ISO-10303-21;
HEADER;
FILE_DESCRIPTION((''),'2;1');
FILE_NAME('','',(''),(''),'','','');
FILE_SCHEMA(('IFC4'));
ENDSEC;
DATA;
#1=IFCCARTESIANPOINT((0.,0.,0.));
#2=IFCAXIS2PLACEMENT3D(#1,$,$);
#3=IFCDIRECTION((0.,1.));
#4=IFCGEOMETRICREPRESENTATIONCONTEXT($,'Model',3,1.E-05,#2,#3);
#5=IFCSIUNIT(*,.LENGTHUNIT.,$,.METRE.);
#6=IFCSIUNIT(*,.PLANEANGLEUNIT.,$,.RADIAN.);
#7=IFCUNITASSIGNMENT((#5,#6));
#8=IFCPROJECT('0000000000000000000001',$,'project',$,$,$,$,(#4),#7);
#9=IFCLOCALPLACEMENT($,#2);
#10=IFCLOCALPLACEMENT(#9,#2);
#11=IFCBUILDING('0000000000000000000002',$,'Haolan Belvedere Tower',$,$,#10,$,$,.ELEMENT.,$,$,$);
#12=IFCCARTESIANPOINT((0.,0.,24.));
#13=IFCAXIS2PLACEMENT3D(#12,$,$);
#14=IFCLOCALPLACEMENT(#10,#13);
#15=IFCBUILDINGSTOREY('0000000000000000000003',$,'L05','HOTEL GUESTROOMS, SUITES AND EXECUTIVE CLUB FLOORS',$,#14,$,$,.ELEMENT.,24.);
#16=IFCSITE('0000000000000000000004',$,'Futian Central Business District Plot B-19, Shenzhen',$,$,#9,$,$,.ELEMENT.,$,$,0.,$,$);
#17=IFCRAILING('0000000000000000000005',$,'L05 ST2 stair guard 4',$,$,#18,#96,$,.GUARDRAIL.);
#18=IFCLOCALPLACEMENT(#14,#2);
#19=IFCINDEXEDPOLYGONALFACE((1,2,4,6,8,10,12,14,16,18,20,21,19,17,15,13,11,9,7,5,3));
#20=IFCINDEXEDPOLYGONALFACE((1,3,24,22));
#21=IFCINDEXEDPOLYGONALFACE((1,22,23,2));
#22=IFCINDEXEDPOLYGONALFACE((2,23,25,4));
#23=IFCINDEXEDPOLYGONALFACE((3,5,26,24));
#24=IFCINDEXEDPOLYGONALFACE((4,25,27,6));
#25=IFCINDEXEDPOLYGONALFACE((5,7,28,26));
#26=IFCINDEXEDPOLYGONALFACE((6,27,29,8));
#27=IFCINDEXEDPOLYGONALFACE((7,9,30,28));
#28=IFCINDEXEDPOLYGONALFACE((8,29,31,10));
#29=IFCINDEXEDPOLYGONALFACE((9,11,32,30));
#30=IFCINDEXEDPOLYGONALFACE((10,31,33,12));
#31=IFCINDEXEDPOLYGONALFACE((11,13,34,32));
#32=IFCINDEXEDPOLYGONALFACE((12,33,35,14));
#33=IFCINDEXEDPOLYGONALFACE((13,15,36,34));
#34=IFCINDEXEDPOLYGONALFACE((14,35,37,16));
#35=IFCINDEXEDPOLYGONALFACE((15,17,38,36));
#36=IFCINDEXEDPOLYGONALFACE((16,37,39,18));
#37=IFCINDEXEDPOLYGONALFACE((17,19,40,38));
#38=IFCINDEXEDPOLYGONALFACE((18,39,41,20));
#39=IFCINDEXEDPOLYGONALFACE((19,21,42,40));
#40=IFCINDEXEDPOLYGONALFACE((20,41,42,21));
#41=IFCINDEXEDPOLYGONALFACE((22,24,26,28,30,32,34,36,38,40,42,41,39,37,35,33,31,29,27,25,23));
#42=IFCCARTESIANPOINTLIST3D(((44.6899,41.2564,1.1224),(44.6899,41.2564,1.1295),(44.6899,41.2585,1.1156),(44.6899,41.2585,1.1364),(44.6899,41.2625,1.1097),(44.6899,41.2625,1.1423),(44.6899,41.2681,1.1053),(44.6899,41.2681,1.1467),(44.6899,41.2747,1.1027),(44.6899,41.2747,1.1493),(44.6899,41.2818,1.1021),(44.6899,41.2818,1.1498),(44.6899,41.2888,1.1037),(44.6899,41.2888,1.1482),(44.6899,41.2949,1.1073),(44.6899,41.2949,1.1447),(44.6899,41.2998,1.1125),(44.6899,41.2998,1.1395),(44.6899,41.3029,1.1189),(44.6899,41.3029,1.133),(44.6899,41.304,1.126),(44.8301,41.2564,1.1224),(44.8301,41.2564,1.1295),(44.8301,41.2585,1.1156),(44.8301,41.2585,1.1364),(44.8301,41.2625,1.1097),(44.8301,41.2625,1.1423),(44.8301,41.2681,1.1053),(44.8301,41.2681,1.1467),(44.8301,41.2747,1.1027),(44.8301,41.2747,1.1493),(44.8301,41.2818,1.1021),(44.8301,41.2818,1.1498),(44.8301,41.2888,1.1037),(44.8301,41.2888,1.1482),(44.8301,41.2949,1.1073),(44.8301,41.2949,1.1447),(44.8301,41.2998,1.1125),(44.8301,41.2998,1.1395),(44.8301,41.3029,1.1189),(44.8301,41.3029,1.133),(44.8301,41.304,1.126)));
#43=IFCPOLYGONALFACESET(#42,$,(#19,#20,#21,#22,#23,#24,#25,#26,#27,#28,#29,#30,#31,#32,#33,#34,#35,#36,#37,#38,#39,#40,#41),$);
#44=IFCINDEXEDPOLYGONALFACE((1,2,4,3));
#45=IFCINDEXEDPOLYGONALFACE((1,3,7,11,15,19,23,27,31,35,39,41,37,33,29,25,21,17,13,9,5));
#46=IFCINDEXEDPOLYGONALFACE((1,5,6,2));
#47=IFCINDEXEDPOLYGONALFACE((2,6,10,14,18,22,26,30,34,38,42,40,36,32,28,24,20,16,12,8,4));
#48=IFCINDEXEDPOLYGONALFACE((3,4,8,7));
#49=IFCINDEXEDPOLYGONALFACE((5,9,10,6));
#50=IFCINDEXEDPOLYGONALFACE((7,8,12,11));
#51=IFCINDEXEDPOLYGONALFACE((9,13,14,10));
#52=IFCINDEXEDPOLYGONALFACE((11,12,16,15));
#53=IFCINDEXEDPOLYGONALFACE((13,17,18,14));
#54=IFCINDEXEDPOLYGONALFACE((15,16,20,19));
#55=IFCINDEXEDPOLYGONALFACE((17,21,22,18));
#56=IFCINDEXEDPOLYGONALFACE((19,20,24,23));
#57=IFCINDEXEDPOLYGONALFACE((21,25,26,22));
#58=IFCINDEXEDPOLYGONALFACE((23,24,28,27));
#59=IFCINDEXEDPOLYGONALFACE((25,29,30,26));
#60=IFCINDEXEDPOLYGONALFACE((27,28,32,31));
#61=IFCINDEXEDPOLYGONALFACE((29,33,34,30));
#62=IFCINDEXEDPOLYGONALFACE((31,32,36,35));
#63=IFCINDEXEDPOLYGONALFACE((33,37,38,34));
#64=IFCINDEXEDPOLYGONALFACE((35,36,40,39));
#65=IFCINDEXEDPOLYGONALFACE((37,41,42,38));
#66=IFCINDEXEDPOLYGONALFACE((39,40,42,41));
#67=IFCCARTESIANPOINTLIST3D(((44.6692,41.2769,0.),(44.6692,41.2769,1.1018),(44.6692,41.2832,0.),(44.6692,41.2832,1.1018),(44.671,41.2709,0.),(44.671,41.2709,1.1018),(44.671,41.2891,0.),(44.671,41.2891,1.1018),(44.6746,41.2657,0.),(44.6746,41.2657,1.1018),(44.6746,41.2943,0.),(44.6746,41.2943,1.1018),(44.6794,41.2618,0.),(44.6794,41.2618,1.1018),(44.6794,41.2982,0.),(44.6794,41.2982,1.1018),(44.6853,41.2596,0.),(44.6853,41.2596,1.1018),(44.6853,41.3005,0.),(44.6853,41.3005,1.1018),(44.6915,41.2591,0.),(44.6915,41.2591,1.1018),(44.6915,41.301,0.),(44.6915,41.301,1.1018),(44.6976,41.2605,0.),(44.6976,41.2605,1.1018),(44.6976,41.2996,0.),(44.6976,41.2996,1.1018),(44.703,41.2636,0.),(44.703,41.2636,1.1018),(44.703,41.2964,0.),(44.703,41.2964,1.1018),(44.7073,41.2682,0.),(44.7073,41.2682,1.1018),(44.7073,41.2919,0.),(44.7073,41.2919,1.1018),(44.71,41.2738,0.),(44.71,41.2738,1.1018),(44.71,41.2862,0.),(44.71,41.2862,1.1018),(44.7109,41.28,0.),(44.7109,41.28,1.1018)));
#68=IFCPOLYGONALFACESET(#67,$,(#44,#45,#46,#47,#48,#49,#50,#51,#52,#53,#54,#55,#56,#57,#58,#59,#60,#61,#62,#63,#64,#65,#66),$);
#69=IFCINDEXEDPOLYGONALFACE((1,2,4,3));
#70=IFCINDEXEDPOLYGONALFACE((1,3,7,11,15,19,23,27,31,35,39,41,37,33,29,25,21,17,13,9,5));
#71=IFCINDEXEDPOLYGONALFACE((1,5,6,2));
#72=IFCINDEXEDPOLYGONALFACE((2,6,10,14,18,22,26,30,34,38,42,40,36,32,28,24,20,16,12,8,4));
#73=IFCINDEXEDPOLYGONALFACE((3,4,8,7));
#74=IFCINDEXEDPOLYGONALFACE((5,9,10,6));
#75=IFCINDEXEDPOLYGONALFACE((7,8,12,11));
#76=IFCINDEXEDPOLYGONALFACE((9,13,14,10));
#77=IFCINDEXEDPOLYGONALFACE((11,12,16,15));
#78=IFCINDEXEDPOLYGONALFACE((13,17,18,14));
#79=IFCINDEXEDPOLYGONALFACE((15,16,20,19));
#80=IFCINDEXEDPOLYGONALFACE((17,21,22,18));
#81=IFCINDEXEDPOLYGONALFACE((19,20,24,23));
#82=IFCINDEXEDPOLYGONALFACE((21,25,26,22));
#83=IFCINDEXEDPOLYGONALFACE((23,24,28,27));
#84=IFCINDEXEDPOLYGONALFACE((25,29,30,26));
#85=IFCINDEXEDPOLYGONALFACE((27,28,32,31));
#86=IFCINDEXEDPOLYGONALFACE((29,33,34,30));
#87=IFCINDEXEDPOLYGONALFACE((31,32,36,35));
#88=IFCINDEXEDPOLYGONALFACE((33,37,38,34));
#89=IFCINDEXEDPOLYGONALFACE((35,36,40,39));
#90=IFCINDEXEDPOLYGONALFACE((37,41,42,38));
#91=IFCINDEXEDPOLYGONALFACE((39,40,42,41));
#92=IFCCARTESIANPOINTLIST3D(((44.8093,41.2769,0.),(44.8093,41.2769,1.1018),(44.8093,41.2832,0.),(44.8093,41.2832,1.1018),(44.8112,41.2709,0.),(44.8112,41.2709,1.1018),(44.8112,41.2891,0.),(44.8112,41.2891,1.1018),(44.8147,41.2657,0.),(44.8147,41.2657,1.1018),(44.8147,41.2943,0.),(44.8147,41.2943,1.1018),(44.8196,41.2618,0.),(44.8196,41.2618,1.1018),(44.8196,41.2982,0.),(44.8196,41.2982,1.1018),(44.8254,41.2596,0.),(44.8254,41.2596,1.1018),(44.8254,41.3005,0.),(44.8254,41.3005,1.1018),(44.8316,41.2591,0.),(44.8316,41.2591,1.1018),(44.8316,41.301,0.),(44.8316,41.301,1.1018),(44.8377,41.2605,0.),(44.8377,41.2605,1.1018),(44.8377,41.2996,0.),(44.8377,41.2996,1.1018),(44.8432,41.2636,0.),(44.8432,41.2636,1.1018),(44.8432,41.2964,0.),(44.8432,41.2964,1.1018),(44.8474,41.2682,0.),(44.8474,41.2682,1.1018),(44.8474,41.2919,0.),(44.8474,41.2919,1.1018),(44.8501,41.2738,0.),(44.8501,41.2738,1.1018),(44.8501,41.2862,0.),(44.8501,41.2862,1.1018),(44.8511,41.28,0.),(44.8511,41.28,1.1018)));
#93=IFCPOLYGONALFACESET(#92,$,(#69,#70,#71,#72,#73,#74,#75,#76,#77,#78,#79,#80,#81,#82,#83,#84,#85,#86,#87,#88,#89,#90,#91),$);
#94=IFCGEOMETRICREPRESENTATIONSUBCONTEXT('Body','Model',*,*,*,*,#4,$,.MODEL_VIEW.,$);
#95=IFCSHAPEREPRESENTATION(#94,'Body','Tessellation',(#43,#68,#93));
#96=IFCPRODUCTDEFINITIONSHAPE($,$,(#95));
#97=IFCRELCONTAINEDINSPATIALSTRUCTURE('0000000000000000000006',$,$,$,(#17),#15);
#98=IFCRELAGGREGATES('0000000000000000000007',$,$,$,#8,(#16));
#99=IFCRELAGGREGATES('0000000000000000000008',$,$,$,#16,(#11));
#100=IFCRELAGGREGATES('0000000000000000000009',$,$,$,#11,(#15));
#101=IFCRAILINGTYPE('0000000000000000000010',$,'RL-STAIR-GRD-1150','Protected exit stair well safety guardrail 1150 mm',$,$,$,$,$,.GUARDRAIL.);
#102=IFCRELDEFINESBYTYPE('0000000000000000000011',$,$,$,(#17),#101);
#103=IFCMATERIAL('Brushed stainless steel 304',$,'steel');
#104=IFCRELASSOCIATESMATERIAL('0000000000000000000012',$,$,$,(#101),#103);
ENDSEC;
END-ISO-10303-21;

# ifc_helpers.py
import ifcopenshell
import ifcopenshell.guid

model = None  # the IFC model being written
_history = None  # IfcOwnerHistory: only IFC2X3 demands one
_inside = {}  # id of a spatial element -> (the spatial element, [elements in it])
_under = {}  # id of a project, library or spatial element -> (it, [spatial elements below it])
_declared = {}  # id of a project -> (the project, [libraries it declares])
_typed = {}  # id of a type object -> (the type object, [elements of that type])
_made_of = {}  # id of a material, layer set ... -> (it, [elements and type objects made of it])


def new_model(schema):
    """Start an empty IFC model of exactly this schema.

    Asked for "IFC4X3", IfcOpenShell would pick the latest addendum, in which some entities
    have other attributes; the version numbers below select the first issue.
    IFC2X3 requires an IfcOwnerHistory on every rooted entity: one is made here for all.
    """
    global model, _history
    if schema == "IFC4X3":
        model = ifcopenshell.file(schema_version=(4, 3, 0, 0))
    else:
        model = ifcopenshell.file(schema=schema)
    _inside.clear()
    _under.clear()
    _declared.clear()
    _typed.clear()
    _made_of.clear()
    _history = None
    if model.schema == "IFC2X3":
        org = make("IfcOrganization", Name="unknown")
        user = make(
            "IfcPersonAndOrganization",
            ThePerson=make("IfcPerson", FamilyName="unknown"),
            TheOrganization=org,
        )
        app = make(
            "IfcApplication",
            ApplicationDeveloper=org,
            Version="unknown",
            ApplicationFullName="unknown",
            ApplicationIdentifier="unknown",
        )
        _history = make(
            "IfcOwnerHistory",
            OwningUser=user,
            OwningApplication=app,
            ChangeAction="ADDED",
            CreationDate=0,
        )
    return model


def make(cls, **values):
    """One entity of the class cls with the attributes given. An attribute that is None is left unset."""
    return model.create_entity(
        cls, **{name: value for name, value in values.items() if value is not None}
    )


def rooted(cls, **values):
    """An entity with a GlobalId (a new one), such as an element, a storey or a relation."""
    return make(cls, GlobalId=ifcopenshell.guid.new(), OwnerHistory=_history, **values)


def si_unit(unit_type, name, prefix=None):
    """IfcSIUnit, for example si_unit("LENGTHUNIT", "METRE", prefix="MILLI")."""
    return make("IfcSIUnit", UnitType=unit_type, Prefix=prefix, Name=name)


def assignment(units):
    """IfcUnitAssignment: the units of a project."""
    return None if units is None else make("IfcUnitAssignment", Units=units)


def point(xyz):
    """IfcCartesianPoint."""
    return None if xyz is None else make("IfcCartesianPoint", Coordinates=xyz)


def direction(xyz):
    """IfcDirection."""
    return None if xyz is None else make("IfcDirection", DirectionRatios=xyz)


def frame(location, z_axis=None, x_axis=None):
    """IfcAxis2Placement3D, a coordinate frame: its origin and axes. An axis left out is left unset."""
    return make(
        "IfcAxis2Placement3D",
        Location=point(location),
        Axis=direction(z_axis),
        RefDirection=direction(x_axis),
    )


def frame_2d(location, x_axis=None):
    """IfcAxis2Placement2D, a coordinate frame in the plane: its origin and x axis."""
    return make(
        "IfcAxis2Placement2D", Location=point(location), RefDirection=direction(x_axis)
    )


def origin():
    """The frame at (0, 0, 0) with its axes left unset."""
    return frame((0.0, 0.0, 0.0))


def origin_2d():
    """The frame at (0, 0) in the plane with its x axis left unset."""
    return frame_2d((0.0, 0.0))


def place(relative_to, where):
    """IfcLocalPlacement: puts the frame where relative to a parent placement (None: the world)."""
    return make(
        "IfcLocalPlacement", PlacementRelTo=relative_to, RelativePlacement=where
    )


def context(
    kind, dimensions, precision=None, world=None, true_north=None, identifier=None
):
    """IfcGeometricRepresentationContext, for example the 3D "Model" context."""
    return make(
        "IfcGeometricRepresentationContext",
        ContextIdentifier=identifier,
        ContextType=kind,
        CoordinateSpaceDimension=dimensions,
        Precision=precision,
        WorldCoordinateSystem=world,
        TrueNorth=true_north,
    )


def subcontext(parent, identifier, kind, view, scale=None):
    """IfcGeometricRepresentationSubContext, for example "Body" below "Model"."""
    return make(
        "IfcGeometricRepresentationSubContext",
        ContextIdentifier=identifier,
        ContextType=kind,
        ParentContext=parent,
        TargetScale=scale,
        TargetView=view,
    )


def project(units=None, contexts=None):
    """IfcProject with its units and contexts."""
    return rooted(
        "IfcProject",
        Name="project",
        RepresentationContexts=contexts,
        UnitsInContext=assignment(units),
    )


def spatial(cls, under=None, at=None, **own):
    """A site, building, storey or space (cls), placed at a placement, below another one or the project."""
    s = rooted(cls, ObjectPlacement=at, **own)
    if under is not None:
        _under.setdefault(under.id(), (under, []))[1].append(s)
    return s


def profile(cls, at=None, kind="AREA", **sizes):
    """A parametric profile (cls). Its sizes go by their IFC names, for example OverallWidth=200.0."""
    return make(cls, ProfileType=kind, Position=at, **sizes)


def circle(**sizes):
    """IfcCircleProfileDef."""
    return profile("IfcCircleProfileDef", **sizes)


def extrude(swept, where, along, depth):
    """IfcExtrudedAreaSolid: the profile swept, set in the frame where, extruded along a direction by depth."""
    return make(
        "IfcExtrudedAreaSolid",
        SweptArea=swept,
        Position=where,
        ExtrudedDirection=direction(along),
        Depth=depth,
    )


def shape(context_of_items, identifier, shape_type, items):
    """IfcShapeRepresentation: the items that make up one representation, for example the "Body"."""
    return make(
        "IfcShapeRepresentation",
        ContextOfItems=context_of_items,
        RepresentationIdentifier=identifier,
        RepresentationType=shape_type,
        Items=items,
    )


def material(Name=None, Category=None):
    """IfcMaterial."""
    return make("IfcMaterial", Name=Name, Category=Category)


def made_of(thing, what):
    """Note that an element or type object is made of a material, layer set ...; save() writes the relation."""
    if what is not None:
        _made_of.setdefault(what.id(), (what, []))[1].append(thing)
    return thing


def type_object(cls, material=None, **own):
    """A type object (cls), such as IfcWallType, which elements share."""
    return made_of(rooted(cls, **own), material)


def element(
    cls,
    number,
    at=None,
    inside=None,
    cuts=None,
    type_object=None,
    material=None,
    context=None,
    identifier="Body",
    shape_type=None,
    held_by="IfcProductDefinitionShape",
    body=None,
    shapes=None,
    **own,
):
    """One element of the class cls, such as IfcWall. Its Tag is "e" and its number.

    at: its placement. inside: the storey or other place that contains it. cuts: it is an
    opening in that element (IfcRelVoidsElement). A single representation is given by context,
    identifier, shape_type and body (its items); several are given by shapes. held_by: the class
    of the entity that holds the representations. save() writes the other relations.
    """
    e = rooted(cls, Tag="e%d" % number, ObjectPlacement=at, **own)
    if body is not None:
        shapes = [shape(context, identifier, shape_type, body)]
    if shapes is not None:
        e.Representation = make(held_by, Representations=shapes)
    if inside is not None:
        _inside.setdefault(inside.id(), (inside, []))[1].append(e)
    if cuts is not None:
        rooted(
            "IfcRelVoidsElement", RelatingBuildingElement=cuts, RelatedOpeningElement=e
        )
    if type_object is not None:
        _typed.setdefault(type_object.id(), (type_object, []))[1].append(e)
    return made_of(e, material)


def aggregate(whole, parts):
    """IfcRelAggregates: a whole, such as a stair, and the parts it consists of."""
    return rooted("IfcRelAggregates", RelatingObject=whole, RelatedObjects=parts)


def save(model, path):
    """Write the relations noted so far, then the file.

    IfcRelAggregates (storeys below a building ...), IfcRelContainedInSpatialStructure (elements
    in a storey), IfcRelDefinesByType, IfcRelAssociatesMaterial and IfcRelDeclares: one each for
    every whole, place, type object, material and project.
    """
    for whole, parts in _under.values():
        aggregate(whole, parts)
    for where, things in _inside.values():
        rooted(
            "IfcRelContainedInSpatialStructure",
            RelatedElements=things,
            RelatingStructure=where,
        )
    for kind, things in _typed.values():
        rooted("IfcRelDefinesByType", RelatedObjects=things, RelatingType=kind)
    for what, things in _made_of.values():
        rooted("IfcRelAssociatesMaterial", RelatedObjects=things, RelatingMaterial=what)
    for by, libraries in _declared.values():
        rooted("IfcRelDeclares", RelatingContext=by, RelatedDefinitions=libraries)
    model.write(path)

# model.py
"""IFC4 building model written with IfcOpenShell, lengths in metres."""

from ifc_helpers import new_model, si_unit, direction, frame, origin, origin_2d, place, context, subcontext, project, spatial, circle, extrude, material, type_object, element, save


model = new_model("IFC4")

# Units and contexts
model_context = context("Model", 3, precision=1e-05, world=origin(), true_north=direction((0.0, 1.0)))
body_context = subcontext(model_context, "Body", "Model", "MODEL_VIEW")
ifc_project = project(units=[si_unit("LENGTHUNIT", "METRE"), si_unit("PLANEANGLEUNIT", "RADIAN")], contexts=[model_context])

# Site, building, storey
site_placement = place(None, origin())
site = spatial("IfcSite", under=ifc_project, at=site_placement, Name="Futian Central Business District Plot B-19, Shenzhen", CompositionType="ELEMENT", RefElevation=0.0)
building_placement = place(site_placement, origin())
building = spatial("IfcBuilding", under=site, at=building_placement, Name="Haolan Belvedere Tower", CompositionType="ELEMENT")
storey_placement = place(building_placement, frame((0.0, 0.0, 24.0)))
storey = spatial("IfcBuildingStorey", under=building, at=storey_placement, Name="L05", Description="HOTEL GUESTROOMS, SUITES AND EXECUTIVE CLUB FLOORS", CompositionType="ELEMENT", Elevation=24.0)

# Railing
ifc_material_1 = material(Name="Brushed stainless steel 304", Category="steel")
railing_type = type_object("IfcRailingType", Name="RL-STAIR-GRD-1150", Description="Protected exit stair well safety guardrail 1150 mm", PredefinedType="GUARDRAIL", material=ifc_material_1)
railing_1_placement = place(storey_placement, frame((44.6899, 41.28, 0.0)))
element("IfcRailing", 1, at=railing_1_placement, inside=storey, type_object=railing_type, Name="L05 ST2 stair guard 4", PredefinedType="GUARDRAIL", context=body_context, shape_type="SweptSolid", body=[
    extrude(circle(Radius=0.0239, at=origin_2d()), frame((0.0, 0.0, 1.126), z_axis=(1.0, 0.0, 0.0), x_axis=(0.0, 1.0, 0.0)), (0.0, 0.0, 1.0), 0.1401),
    extrude(circle(Radius=0.021, at=origin_2d()), origin(), (0.0, 0.0, 1.0), 1.1018),
    extrude(circle(Radius=0.021, at=origin_2d()), frame((0.1401, 0.0, 0.0)), (0.0, 0.0, 1.0), 1.1018),
])

save(model, "model.ifc")
